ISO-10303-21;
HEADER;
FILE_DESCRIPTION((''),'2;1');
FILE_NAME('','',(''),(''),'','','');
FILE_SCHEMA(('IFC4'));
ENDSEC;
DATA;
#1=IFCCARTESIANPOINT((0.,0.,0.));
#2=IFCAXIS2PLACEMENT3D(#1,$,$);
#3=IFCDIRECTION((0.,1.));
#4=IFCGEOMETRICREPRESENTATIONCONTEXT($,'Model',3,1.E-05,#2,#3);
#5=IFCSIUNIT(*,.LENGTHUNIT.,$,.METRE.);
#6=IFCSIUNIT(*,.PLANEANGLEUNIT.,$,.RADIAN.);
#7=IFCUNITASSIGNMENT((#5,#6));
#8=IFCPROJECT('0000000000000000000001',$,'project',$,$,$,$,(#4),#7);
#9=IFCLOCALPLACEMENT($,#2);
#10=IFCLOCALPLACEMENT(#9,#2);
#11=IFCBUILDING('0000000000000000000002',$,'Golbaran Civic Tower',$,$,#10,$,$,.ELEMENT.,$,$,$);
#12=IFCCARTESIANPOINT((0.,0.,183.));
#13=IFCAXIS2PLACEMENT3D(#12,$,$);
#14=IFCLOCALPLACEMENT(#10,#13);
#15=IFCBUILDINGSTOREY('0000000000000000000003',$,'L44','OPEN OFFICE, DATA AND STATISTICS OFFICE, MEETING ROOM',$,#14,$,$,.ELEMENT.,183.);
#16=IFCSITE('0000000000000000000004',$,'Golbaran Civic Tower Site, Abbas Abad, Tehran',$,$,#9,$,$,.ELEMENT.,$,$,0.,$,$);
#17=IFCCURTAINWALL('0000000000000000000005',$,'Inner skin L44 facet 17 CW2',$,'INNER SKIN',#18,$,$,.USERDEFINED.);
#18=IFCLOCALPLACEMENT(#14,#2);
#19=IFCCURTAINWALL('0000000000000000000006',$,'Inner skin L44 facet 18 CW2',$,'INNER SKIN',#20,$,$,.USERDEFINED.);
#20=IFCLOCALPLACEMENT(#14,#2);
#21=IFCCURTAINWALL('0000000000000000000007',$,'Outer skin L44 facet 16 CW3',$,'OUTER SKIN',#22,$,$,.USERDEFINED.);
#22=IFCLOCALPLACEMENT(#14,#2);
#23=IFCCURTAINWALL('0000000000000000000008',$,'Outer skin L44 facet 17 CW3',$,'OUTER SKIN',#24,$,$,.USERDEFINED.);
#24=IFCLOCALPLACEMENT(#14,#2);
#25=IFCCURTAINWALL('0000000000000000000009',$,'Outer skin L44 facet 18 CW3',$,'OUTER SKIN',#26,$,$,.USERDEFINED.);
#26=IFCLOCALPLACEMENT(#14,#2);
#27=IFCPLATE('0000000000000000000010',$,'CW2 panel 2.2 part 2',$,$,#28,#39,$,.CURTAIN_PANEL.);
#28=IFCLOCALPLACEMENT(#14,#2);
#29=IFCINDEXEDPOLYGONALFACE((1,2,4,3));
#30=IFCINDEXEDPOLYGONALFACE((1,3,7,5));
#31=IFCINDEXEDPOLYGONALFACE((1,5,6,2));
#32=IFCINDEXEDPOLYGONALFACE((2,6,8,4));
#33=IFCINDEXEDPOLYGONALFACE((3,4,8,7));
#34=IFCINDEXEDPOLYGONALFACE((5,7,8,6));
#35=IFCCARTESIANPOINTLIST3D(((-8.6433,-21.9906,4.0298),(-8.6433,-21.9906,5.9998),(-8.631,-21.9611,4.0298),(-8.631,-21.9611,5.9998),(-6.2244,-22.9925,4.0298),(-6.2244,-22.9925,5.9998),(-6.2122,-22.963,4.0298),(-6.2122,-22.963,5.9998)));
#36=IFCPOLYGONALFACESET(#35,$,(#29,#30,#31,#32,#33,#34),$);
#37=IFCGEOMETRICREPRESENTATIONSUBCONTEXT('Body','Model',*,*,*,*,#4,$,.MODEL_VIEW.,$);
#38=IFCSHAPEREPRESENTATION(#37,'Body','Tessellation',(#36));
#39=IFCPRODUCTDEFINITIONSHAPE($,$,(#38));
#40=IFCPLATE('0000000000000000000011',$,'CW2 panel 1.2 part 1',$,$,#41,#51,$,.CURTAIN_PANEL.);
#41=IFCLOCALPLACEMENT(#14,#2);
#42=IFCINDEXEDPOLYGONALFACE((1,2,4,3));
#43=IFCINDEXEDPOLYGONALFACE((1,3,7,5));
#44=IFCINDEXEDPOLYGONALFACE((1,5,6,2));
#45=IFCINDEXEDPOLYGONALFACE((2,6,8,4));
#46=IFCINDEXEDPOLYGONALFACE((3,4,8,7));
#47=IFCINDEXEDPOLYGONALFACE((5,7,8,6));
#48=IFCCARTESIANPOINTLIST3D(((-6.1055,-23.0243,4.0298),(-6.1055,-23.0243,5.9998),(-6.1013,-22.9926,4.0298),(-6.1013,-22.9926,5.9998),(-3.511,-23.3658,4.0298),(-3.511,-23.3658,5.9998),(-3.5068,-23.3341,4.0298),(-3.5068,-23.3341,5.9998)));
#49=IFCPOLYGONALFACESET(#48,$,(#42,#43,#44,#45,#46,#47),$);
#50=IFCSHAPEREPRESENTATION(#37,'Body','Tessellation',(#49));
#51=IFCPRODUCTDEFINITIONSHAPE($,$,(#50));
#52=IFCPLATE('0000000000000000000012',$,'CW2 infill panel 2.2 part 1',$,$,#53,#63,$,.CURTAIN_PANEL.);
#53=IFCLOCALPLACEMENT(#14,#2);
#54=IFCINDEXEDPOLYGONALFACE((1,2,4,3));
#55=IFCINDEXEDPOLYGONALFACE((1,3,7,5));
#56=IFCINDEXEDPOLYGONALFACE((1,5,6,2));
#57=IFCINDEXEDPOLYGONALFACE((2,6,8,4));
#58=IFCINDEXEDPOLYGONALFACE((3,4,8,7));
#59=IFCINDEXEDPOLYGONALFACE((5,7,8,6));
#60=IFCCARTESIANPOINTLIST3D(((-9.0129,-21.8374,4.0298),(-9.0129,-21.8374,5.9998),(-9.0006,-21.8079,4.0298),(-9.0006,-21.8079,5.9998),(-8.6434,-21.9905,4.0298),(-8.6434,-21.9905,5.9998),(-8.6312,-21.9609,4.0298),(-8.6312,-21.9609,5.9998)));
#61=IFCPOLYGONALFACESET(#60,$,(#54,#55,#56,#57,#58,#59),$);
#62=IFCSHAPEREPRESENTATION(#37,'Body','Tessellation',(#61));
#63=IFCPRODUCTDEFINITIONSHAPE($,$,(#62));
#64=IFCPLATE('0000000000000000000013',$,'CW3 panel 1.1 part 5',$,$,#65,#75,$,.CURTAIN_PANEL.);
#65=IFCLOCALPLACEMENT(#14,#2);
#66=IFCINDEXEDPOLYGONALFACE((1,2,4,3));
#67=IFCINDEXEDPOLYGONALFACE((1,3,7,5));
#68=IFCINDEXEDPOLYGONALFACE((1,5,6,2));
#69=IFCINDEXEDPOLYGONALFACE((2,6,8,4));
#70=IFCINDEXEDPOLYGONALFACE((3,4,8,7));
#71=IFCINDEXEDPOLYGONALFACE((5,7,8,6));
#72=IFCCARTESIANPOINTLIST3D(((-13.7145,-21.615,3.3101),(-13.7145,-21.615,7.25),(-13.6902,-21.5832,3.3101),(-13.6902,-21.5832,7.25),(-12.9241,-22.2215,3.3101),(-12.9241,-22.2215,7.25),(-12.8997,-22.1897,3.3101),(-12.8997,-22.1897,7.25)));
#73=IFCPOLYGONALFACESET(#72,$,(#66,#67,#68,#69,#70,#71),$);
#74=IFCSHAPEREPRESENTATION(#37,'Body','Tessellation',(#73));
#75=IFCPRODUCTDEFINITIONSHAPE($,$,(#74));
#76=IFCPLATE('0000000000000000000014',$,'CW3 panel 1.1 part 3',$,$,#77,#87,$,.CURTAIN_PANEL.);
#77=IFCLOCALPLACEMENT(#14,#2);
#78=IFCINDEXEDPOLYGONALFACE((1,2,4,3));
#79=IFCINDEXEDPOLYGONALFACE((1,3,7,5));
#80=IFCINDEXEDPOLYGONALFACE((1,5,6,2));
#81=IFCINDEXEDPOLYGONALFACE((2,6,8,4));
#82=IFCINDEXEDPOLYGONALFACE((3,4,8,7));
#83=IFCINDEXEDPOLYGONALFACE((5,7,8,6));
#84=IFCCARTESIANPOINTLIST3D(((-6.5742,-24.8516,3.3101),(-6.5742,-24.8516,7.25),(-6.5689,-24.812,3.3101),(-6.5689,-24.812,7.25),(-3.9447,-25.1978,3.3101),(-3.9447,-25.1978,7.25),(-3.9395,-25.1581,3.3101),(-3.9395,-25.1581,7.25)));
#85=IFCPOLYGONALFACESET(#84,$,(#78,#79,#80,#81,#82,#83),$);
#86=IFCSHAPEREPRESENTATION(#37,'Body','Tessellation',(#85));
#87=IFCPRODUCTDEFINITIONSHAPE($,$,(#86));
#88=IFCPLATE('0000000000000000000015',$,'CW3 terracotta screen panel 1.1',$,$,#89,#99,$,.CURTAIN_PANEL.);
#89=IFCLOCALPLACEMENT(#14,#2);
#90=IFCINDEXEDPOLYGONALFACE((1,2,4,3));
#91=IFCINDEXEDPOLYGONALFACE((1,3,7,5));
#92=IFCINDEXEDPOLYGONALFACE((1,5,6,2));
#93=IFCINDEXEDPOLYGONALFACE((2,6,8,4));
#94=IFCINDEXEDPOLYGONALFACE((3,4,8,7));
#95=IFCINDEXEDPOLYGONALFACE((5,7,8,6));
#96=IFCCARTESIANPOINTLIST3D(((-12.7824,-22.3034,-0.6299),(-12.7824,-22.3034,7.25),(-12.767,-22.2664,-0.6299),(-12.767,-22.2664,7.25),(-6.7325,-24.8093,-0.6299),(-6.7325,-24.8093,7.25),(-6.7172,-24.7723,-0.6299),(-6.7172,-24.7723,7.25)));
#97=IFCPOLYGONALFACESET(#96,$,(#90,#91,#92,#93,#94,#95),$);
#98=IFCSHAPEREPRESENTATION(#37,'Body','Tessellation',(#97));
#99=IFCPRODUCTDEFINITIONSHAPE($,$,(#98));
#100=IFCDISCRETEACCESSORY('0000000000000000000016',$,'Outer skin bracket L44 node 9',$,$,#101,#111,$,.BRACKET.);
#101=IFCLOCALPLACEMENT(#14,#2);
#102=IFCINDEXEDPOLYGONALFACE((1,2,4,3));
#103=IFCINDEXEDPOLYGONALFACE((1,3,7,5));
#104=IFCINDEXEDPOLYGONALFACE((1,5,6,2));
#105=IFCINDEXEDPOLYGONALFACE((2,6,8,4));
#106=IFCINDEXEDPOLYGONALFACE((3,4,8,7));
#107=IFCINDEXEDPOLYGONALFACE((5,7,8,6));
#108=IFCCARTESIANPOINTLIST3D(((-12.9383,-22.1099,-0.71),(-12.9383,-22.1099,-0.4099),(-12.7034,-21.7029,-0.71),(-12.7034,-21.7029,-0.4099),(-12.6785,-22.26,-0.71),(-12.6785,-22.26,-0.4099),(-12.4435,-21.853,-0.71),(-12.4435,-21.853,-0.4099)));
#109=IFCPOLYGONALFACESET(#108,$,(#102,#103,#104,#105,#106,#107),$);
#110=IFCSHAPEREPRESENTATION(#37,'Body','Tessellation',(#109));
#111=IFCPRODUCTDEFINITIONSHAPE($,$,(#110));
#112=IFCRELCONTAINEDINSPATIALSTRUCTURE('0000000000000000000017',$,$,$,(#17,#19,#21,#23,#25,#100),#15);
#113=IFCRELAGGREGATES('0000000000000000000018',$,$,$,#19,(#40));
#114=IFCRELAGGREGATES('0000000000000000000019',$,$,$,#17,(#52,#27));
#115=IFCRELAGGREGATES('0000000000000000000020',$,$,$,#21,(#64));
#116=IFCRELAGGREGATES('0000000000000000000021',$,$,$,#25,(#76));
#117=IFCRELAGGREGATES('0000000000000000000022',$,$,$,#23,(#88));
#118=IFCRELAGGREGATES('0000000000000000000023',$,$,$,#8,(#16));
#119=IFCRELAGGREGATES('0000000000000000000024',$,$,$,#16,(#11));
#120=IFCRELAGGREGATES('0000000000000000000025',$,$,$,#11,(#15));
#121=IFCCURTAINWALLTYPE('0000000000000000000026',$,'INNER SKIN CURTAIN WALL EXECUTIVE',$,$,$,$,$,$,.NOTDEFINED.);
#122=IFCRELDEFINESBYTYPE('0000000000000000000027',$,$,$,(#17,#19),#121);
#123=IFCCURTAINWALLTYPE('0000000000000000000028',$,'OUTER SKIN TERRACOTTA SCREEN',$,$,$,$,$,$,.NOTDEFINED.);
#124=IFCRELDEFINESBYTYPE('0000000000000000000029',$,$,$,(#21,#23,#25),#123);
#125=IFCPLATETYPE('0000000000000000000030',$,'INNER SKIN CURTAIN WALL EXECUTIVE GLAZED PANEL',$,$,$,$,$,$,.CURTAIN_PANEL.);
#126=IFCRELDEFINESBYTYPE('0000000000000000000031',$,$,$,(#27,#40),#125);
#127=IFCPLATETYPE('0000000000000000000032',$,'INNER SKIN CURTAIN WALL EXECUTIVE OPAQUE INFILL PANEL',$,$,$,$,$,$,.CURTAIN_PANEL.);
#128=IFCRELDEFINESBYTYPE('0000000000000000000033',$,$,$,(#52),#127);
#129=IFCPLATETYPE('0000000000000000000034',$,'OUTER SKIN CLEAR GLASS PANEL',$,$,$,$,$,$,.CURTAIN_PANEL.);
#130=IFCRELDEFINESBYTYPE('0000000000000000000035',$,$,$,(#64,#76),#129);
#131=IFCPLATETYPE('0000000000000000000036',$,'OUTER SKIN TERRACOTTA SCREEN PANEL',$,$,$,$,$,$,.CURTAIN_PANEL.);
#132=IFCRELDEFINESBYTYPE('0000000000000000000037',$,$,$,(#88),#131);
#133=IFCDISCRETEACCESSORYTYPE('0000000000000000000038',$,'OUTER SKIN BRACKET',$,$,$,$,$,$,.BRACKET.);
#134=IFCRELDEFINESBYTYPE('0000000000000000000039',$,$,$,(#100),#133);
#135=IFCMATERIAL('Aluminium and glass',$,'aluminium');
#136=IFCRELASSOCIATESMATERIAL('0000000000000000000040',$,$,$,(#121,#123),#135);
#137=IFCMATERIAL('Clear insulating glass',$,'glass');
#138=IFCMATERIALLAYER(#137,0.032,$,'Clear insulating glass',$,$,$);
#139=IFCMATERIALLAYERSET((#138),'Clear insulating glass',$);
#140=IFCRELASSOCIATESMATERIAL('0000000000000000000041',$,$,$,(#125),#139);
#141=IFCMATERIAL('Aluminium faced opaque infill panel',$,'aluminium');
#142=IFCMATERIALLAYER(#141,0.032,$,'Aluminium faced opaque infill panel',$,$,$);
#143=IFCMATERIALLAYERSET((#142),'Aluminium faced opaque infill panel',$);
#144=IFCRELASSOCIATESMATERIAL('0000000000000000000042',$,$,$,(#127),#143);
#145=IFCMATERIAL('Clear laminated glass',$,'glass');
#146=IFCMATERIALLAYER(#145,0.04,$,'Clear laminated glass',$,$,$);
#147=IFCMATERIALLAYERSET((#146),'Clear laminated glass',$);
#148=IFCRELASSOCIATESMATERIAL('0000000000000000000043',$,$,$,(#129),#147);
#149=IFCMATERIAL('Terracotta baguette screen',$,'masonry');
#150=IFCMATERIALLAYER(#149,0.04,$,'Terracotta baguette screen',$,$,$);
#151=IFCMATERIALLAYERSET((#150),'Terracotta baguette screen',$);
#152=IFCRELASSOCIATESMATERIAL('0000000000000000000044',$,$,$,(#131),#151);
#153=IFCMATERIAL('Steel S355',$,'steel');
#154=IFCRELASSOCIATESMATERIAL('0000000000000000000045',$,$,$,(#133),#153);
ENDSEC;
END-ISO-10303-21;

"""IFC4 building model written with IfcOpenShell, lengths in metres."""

from ifc_helpers import new_model, si_unit, direction, frame, origin, origin_2d, place, context, subcontext, project, spatial, rectangle, extrude, material, layer, layer_set, type_object, element, aggregate, save


model = new_model("IFC4")

# Units and contexts
model_context = context("Model", 3, precision=1e-05, world=origin(), true_north=direction((0.0, 1.0)))
body_context = subcontext(model_context, "Body", "Model", "MODEL_VIEW")
ifc_project = project(units=[si_unit("LENGTHUNIT", "METRE"), si_unit("PLANEANGLEUNIT", "RADIAN")], contexts=[model_context])

# Site, building, storey
site_placement = place(None, origin())
site = spatial("IfcSite", under=ifc_project, at=site_placement, Name="Golbaran Civic Tower Site, Abbas Abad, Tehran", CompositionType="ELEMENT", RefElevation=0.0)
building_placement = place(site_placement, origin())
building = spatial("IfcBuilding", under=site, at=building_placement, Name="Golbaran Civic Tower", CompositionType="ELEMENT")
storey_placement = place(building_placement, frame((0.0, 0.0, 183.0)))
storey = spatial("IfcBuildingStorey", under=building, at=storey_placement, Name="L44", Description="OPEN OFFICE, DATA AND STATISTICS OFFICE, MEETING ROOM", CompositionType="ELEMENT", Elevation=183.0)

# Curtain wall
ifc_material_1 = material(Name="Aluminium and glass", Category="aluminium")
curtain_wall_type_1 = type_object("IfcCurtainWallType", Name="INNER SKIN CURTAIN WALL EXECUTIVE", PredefinedType="NOTDEFINED", material=ifc_material_1)
curtain_wall_1_placement = place(storey_placement, origin())
curtain_wall_1 = element("IfcCurtainWall", 1, at=curtain_wall_1_placement, inside=storey, type_object=curtain_wall_type_1, Name="Inner skin L44 facet 17 CW2", ObjectType="INNER SKIN", PredefinedType="USERDEFINED")

# Curtain wall
curtain_wall_2_placement = place(storey_placement, origin())
curtain_wall_2 = element("IfcCurtainWall", 2, at=curtain_wall_2_placement, inside=storey, type_object=curtain_wall_type_1, Name="Inner skin L44 facet 18 CW2", ObjectType="INNER SKIN", PredefinedType="USERDEFINED")

# Curtain wall
curtain_wall_type_2 = type_object("IfcCurtainWallType", Name="OUTER SKIN TERRACOTTA SCREEN", PredefinedType="NOTDEFINED", material=ifc_material_1)
curtain_wall_3_placement = place(storey_placement, origin())
curtain_wall_3 = element("IfcCurtainWall", 3, at=curtain_wall_3_placement, inside=storey, type_object=curtain_wall_type_2, Name="Outer skin L44 facet 16 CW3", ObjectType="OUTER SKIN", PredefinedType="USERDEFINED")

# Curtain wall
curtain_wall_4_placement = place(storey_placement, origin())
curtain_wall_4 = element("IfcCurtainWall", 4, at=curtain_wall_4_placement, inside=storey, type_object=curtain_wall_type_2, Name="Outer skin L44 facet 17 CW3", ObjectType="OUTER SKIN", PredefinedType="USERDEFINED")

# Curtain wall
curtain_wall_5_placement = place(storey_placement, origin())
curtain_wall_5 = element("IfcCurtainWall", 5, at=curtain_wall_5_placement, inside=storey, type_object=curtain_wall_type_2, Name="Outer skin L44 facet 18 CW3", ObjectType="OUTER SKIN", PredefinedType="USERDEFINED")

# Plates
ifc_material_2 = material(Name="Clear insulating glass", Category="glass")
ifc_layer_1 = layer(ifc_material_2, 0.032, Name="Clear insulating glass")
ifc_layer_set_1 = layer_set([ifc_layer_1], Name="Clear insulating glass")
plate_type_1 = type_object("IfcPlateType", Name="INNER SKIN CURTAIN WALL EXECUTIVE GLAZED PANEL", PredefinedType="CURTAIN_PANEL", material=ifc_layer_set_1)
plate_1_placement = place(storey_placement, frame((-7.4277, -22.4768, 4.0298), z_axis=(0.0, 0.0, 1.0), x_axis=(0.92388, -0.382683, 0.0)))
plate_1 = element("IfcPlate", 6, at=plate_1_placement, type_object=plate_type_1, Name="CW2 panel 2.2 part 2", PredefinedType="CURTAIN_PANEL", context=body_context, shape_type="SweptSolid", body=[
    extrude(rectangle(XDim=2.6182, YDim=0.032, at=origin_2d()), origin(), (0.0, 0.0, 1.0), 1.97),
])
plate_2_placement = place(storey_placement, frame((-4.8062, -23.1792, 4.0298), z_axis=(0.0, 0.0, 1.0), x_axis=(0.991445, -0.130526, 0.0)))
plate_2 = element("IfcPlate", 7, at=plate_2_placement, type_object=plate_type_1, Name="CW2 panel 1.2 part 1", PredefinedType="CURTAIN_PANEL", context=body_context, shape_type="SweptSolid", body=[
    extrude(rectangle(XDim=2.6169, YDim=0.032, at=origin_2d()), origin(), (0.0, 0.0, 1.0), 1.97),
])
aggregate(curtain_wall_2, [plate_2])
ifc_material_3 = material(Name="Aluminium faced opaque infill panel", Category="aluminium")
ifc_layer_2 = layer(ifc_material_3, 0.032, Name="Aluminium faced opaque infill panel")
ifc_layer_set_2 = layer_set([ifc_layer_2], Name="Aluminium faced opaque infill panel")
plate_type_2 = type_object("IfcPlateType", Name="INNER SKIN CURTAIN WALL EXECUTIVE OPAQUE INFILL PANEL", PredefinedType="CURTAIN_PANEL", material=ifc_layer_set_2)
plate_3_placement = place(storey_placement, frame((-8.822, -21.8992, 4.0298), z_axis=(0.0, 0.0, 1.0), x_axis=(0.92388, -0.382683, 0.0)))
plate_3 = element("IfcPlate", 8, at=plate_3_placement, type_object=plate_type_2, Name="CW2 infill panel 2.2 part 1", PredefinedType="CURTAIN_PANEL", context=body_context, shape_type="SweptSolid", body=[
    extrude(rectangle(XDim=0.3999, YDim=0.032, at=origin_2d()), origin(), (0.0, 0.0, 1.0), 1.97),
])
aggregate(curtain_wall_1, [plate_3, plate_1])
ifc_material_4 = material(Name="Clear laminated glass", Category="glass")
ifc_layer_3 = layer(ifc_material_4, 0.04, Name="Clear laminated glass")
ifc_layer_set_3 = layer_set([ifc_layer_3], Name="Clear laminated glass")
plate_type_3 = type_object("IfcPlateType", Name="OUTER SKIN CLEAR GLASS PANEL", PredefinedType="CURTAIN_PANEL", material=ifc_layer_set_3)
plate_4_placement = place(storey_placement, frame((-13.3071, -21.9023, 3.3101), z_axis=(0.0, 0.0, 1.0), x_axis=(0.793353, -0.608761, 0.0)))
plate_4 = element("IfcPlate", 9, at=plate_4_placement, type_object=plate_type_3, Name="CW3 panel 1.1 part 5", PredefinedType="CURTAIN_PANEL", context=body_context, shape_type="SweptSolid", body=[
    extrude(rectangle(XDim=0.9963, YDim=0.04, at=origin_2d()), origin(), (0.0, 0.0, 1.0), 3.9399),
])
aggregate(curtain_wall_3, [plate_4])
plate_5_placement = place(storey_placement, frame((-5.2568, -25.0049, 3.3101), z_axis=(0.0, 0.0, 1.0), x_axis=(0.991445, -0.130526, 0.0)))
plate_5 = element("IfcPlate", 10, at=plate_5_placement, type_object=plate_type_3, Name="CW3 panel 1.1 part 3", PredefinedType="CURTAIN_PANEL", context=body_context, shape_type="SweptSolid", body=[
    extrude(rectangle(XDim=2.6521, YDim=0.04, at=origin_2d()), origin(), (0.0, 0.0, 1.0), 3.9399),
])
aggregate(curtain_wall_5, [plate_5])
ifc_material_5 = material(Name="Terracotta baguette screen", Category="masonry")
ifc_layer_4 = layer(ifc_material_5, 0.04, Name="Terracotta baguette screen")
ifc_layer_set_4 = layer_set([ifc_layer_4], Name="Terracotta baguette screen")
plate_type_4 = type_object("IfcPlateType", Name="OUTER SKIN TERRACOTTA SCREEN PANEL", PredefinedType="CURTAIN_PANEL", material=ifc_layer_set_4)
plate_6_placement = place(storey_placement, frame((-9.7498, -23.5378, -0.6299), z_axis=(0.0, 0.0, 1.0), x_axis=(0.92388, -0.382683, 0.0)))
plate_6 = element("IfcPlate", 11, at=plate_6_placement, type_object=plate_type_4, Name="CW3 terracotta screen panel 1.1", PredefinedType="CURTAIN_PANEL", context=body_context, shape_type="SweptSolid", body=[
    extrude(rectangle(XDim=6.5483, YDim=0.04, at=origin_2d()), origin(), (0.0, 0.0, 1.0), 7.8799),
])
aggregate(curtain_wall_4, [plate_6])

# Discrete accessory
ifc_material_6 = material(Name="Steel S355", Category="steel")
discrete_accessory_type = type_object("IfcDiscreteAccessoryType", Name="OUTER SKIN BRACKET", PredefinedType="BRACKET", material=ifc_material_6)
discrete_accessory_placement = place(storey_placement, frame((-12.6909, -21.9814, -0.71), z_axis=(0.0, 0.0, 1.0), x_axis=(-0.5, -0.866025, 0.0)))
element("IfcDiscreteAccessory", 12, at=discrete_accessory_placement, inside=storey, type_object=discrete_accessory_type, Name="Outer skin bracket L44 node 9", PredefinedType="BRACKET", context=body_context, shape_type="SweptSolid", body=[
    extrude(rectangle(XDim=0.47, YDim=0.3, at=origin_2d()), origin(), (0.0, 0.0, 1.0), 0.3),
])

save(model, "model.ifc")
